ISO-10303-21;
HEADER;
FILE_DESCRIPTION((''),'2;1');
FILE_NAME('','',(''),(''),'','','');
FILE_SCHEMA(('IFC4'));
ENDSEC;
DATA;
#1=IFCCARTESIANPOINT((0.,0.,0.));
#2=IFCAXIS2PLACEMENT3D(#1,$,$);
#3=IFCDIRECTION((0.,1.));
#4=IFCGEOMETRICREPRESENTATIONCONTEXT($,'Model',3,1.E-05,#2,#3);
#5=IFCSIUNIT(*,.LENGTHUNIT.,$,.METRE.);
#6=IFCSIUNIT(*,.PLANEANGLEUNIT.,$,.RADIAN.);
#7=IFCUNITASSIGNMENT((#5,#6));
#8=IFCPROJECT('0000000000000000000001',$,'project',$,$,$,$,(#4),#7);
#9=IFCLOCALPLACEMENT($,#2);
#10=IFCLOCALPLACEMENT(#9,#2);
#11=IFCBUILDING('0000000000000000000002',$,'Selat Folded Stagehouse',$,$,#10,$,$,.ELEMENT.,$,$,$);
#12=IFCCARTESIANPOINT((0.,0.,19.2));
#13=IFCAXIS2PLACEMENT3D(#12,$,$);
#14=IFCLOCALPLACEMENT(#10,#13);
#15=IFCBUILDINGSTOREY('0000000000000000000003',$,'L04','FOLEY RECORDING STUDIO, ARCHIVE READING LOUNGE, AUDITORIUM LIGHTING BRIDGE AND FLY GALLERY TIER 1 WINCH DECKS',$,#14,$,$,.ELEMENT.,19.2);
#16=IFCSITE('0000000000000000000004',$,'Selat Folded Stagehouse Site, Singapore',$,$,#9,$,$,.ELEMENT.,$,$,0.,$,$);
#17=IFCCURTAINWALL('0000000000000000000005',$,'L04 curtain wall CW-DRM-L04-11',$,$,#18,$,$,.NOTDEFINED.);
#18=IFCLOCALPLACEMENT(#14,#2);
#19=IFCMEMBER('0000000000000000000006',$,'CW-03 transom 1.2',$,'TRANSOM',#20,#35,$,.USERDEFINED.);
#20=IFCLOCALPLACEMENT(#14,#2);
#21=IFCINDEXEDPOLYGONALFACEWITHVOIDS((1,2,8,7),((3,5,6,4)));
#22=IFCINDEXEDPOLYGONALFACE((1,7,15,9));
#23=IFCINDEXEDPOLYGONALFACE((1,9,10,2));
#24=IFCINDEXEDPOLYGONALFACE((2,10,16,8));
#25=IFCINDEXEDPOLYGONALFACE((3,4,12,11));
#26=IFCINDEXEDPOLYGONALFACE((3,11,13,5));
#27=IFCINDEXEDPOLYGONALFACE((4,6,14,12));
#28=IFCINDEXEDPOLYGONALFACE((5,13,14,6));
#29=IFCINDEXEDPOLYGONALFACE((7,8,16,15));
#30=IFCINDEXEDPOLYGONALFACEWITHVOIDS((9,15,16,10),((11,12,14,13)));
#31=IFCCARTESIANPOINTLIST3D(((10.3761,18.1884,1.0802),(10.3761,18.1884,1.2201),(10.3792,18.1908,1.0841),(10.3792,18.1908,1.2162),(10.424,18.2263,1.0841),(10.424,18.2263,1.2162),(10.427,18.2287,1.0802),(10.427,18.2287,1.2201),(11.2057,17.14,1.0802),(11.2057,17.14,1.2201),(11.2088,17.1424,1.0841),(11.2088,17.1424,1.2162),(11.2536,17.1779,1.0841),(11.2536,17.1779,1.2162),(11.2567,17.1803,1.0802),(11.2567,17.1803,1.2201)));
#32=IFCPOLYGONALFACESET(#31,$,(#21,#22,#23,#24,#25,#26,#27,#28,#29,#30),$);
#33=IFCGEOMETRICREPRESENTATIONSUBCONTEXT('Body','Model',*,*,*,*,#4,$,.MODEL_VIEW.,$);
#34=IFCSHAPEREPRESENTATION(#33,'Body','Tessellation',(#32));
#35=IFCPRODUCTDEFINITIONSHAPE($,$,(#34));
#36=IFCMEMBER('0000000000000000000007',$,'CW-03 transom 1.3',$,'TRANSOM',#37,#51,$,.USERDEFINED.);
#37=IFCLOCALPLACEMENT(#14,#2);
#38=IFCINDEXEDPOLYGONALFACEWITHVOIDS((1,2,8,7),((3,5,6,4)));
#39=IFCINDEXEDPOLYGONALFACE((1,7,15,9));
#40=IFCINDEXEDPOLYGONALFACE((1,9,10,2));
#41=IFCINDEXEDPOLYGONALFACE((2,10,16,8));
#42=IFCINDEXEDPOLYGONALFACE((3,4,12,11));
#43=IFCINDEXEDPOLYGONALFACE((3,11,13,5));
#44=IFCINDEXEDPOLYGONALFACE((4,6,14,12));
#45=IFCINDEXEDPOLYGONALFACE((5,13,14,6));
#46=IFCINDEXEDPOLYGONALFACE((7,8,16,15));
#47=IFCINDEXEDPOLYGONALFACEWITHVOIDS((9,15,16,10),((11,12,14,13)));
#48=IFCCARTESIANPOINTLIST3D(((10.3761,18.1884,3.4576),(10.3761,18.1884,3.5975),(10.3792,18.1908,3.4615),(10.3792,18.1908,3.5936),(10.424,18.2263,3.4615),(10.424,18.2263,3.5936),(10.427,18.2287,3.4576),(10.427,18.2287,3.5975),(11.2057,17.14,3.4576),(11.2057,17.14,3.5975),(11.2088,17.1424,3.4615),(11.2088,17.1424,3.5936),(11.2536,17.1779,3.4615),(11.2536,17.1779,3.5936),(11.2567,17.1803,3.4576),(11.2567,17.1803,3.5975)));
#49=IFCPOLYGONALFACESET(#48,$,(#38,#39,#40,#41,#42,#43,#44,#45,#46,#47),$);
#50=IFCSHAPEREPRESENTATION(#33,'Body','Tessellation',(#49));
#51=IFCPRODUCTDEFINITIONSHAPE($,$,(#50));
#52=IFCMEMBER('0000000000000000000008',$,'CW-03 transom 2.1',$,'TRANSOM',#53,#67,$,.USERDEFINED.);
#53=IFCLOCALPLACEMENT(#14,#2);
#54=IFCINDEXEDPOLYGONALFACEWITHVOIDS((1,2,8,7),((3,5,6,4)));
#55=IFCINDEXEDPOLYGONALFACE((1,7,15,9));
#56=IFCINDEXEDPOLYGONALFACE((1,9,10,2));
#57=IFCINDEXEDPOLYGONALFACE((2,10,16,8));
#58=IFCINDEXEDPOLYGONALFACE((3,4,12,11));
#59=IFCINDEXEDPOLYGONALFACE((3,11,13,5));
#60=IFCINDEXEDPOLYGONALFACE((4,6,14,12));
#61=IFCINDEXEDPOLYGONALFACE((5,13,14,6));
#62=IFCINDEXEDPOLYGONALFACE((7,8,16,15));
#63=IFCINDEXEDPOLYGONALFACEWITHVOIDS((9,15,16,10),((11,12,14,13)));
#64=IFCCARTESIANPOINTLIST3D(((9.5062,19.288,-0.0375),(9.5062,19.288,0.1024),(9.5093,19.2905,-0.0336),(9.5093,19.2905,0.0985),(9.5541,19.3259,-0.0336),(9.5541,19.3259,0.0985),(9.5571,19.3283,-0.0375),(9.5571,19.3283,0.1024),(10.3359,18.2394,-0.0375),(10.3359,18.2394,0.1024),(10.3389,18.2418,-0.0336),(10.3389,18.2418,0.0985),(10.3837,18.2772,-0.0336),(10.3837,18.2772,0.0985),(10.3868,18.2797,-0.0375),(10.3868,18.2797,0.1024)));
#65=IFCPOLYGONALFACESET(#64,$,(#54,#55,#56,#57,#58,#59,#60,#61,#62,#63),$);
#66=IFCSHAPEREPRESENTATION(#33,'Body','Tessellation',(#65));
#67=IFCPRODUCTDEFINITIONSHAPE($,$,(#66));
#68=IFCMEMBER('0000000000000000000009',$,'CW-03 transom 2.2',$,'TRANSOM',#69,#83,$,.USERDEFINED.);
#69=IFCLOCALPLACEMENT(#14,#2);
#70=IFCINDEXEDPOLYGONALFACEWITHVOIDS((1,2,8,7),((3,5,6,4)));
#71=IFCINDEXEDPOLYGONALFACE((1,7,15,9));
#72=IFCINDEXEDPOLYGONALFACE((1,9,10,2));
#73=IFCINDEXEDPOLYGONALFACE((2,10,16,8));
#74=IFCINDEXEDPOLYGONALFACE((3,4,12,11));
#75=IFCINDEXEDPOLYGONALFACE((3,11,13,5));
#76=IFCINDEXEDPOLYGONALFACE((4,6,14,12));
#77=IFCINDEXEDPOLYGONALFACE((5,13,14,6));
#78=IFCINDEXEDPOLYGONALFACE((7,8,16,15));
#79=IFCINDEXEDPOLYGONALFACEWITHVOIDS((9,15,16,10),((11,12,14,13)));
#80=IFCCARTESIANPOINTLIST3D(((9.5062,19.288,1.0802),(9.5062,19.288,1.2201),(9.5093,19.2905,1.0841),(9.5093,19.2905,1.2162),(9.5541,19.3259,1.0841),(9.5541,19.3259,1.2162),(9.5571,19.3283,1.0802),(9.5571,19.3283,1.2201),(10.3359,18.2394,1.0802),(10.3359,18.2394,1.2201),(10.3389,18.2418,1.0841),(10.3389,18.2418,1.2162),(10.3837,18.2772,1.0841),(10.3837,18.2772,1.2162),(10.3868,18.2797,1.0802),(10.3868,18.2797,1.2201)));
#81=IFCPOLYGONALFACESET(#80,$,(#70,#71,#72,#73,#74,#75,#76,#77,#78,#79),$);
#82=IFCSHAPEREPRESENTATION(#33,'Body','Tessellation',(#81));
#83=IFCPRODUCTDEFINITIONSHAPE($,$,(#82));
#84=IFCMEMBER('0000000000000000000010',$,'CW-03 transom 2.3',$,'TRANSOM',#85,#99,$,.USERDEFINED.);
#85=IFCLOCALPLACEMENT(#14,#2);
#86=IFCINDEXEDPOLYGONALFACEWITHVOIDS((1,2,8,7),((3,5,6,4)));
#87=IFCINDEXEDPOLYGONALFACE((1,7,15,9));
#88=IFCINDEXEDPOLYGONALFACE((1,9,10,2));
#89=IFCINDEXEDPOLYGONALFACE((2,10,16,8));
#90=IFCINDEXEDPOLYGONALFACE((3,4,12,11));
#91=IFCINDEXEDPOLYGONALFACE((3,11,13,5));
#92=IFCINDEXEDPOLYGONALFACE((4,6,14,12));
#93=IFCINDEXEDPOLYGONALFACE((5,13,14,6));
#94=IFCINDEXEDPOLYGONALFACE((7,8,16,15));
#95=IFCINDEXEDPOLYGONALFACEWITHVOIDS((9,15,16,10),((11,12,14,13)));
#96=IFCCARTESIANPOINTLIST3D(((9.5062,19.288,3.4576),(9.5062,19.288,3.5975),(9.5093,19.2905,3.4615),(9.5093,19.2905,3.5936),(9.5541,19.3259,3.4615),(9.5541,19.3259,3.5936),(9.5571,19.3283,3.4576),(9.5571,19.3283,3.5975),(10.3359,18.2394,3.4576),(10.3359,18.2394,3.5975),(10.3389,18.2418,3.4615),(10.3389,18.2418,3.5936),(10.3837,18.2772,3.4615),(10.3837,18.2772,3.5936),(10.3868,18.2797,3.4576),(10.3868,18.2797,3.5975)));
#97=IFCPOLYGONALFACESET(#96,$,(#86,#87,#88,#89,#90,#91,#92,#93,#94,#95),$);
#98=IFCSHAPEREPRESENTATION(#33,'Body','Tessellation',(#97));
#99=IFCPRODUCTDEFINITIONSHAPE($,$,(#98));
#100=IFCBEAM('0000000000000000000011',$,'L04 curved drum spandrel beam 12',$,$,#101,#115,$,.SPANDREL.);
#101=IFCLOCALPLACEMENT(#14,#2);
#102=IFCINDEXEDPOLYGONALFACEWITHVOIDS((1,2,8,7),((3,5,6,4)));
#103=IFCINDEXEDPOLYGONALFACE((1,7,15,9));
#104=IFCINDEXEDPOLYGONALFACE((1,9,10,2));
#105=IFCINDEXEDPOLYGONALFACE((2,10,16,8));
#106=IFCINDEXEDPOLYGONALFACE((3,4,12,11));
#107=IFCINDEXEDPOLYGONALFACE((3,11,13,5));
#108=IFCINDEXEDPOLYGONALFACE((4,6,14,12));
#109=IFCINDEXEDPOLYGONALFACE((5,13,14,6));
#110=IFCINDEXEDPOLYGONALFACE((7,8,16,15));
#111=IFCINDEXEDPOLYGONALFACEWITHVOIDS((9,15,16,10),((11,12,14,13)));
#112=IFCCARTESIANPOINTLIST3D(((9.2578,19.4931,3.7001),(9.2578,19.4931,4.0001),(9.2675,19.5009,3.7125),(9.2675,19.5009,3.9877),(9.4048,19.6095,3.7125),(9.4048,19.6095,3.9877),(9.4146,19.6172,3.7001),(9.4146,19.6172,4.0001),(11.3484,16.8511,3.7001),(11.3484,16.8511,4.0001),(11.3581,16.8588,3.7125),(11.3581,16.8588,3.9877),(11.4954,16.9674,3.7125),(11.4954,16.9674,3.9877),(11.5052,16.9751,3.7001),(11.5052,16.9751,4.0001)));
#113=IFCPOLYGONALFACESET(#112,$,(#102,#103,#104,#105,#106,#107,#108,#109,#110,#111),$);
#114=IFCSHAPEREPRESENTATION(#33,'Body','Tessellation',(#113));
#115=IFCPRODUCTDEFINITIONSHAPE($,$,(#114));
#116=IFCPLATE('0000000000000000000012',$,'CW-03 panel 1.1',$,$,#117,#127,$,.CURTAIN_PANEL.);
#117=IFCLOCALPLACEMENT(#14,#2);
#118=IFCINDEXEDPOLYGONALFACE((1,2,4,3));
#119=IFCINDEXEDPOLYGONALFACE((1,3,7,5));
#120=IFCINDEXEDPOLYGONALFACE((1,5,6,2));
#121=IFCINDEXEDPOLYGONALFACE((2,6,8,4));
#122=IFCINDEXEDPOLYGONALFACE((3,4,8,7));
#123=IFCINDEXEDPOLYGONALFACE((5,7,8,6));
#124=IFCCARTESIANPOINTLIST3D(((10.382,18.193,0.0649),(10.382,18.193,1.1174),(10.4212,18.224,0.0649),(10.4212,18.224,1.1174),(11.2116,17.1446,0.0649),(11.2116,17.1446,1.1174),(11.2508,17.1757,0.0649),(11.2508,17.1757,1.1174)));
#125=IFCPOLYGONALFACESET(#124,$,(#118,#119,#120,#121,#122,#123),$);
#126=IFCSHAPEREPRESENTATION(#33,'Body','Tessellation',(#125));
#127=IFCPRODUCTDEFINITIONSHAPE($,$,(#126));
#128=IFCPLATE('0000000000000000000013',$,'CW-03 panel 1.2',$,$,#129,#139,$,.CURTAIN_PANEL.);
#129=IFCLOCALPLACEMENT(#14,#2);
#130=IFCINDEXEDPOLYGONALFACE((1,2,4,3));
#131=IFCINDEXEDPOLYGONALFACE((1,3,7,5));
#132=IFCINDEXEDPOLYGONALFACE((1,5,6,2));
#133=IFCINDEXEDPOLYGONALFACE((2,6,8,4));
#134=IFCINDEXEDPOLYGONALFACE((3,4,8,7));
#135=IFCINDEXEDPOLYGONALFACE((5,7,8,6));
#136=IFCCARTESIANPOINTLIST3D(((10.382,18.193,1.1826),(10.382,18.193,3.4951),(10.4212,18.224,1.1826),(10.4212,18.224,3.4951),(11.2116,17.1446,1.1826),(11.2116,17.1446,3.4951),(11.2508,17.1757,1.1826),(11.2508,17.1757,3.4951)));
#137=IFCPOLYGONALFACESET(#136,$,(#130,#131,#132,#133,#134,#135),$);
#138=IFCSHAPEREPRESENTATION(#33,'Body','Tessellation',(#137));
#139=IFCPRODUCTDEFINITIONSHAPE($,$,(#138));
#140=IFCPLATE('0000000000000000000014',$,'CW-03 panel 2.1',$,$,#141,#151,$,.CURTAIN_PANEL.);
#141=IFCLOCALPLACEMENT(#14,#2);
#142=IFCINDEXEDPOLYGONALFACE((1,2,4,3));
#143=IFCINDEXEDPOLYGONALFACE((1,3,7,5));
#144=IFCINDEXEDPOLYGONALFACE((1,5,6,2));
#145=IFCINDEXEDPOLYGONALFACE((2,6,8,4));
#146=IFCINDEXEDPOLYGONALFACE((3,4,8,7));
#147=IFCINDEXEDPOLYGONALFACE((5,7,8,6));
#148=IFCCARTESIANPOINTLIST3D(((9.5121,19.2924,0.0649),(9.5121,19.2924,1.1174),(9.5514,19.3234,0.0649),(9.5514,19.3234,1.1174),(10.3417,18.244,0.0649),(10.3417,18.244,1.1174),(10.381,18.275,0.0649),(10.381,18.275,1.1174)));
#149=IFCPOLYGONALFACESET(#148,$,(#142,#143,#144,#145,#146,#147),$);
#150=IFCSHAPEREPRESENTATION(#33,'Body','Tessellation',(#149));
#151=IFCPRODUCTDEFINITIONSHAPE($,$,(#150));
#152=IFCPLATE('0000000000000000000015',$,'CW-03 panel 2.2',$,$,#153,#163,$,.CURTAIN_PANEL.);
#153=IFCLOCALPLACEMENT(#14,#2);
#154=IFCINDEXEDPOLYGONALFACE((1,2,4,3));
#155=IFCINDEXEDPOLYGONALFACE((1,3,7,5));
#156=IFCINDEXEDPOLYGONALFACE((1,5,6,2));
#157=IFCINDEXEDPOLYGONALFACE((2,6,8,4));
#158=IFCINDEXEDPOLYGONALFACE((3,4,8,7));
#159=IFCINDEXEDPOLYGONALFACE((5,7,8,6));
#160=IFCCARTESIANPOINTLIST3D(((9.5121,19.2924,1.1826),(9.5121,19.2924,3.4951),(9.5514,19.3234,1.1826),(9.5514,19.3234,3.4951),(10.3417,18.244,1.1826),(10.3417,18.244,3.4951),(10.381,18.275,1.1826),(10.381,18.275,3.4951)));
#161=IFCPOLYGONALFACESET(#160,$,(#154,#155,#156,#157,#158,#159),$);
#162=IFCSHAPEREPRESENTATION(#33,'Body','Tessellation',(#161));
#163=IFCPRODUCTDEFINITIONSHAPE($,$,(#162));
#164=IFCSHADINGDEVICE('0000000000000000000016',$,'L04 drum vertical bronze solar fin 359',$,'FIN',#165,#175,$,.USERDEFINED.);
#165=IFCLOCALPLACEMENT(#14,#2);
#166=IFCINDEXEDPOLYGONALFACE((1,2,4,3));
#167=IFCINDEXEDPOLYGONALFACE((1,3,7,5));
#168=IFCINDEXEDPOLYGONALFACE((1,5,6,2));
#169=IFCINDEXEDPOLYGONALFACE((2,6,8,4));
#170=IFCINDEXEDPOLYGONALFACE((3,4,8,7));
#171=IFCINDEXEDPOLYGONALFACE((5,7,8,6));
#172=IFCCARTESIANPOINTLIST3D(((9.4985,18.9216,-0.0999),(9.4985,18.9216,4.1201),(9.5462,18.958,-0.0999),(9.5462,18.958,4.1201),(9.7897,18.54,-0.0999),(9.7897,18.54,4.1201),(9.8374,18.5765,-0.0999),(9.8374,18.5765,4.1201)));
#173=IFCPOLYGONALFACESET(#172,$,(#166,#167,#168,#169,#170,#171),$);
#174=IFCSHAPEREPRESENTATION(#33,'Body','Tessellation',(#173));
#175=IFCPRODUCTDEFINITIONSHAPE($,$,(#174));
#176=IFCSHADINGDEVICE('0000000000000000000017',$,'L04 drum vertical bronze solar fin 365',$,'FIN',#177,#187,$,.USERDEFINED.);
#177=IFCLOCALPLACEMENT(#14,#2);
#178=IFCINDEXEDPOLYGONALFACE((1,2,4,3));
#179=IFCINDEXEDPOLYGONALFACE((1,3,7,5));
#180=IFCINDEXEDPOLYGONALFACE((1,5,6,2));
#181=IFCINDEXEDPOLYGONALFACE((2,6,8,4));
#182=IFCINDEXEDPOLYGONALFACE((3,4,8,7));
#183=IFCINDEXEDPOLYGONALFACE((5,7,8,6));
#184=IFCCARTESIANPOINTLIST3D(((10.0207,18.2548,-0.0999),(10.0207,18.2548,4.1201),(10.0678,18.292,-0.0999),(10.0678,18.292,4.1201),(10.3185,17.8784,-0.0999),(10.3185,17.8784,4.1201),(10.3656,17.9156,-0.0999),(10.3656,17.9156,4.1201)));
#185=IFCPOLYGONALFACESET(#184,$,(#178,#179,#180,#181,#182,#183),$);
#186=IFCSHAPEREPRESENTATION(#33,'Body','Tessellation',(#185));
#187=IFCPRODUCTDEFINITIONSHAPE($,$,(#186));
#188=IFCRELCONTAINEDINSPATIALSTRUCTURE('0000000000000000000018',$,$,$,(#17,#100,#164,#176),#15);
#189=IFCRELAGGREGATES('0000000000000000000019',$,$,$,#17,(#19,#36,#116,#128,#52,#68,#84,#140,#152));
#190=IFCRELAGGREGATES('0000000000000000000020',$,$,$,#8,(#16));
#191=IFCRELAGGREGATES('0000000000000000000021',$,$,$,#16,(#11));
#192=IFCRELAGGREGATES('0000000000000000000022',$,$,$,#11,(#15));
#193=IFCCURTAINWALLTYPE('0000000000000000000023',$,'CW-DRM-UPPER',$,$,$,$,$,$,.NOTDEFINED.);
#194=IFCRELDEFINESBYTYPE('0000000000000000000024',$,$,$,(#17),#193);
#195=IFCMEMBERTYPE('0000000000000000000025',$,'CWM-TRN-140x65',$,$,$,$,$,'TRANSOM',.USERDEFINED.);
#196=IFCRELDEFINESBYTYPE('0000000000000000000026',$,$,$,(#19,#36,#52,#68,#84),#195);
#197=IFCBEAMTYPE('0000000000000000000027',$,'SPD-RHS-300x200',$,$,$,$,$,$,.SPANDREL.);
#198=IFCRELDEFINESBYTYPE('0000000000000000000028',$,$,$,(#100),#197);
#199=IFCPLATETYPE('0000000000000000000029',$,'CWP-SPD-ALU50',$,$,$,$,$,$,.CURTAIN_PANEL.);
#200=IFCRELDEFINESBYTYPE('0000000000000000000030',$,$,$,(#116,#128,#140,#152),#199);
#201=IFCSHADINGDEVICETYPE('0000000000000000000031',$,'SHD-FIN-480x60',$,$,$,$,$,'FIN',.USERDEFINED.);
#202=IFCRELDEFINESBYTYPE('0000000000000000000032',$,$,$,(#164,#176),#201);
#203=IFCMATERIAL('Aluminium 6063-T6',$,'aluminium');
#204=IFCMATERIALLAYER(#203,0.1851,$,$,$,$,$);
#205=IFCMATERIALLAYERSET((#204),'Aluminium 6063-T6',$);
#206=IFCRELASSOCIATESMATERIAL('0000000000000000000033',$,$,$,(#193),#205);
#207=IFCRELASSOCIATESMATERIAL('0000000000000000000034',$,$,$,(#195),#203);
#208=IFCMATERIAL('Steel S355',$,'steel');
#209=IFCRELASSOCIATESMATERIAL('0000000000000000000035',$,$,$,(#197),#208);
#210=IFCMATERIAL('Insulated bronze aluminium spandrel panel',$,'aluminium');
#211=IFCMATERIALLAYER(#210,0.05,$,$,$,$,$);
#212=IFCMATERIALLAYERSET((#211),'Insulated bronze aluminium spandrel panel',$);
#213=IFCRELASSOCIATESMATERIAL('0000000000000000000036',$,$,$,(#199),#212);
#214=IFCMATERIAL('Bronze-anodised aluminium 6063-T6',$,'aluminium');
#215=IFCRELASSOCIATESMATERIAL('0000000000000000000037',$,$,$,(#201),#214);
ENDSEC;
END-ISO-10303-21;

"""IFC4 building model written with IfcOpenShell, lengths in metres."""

from ifc_helpers import new_model, si_unit, direction, frame, origin, origin_2d, place, context, subcontext, project, spatial, rectangle, hollow_rectangle, extrude, material, layer, layer_set, material_profile, profile_set, type_object, element, aggregate, save


model = new_model("IFC4")

# Units and contexts
model_context = context("Model", 3, precision=1e-05, world=origin(), true_north=direction((0.0, 1.0)))
body_context = subcontext(model_context, "Body", "Model", "MODEL_VIEW")
ifc_project = project(units=[si_unit("LENGTHUNIT", "METRE"), si_unit("PLANEANGLEUNIT", "RADIAN")], contexts=[model_context])

# Site, building, storey
site_placement = place(None, origin())
site = spatial("IfcSite", under=ifc_project, at=site_placement, Name="Selat Folded Stagehouse Site, Singapore", CompositionType="ELEMENT", RefElevation=0.0)
building_placement = place(site_placement, origin())
building = spatial("IfcBuilding", under=site, at=building_placement, Name="Selat Folded Stagehouse", CompositionType="ELEMENT")
storey_placement = place(building_placement, frame((0.0, 0.0, 19.2)))
storey = spatial("IfcBuildingStorey", under=building, at=storey_placement, Name="L04", Description="FOLEY RECORDING STUDIO, ARCHIVE READING LOUNGE, AUDITORIUM LIGHTING BRIDGE AND FLY GALLERY TIER 1 WINCH DECKS", CompositionType="ELEMENT", Elevation=19.2)

# Shared definitions
ifc_material_1 = material(Name="Steel S355", Category="steel")

# Shared definitions
ifc_material_2 = material(Name="Aluminium 6063-T6", Category="aluminium")
ifc_layer_1 = layer(ifc_material_2, 0.1851)
ifc_layer_set_1 = layer_set([ifc_layer_1], Name="Aluminium 6063-T6")
curtain_wall_type = type_object("IfcCurtainWallType", Name="CW-DRM-UPPER", PredefinedType="NOTDEFINED", material=ifc_layer_set_1)

# Curtain wall, members
curtain_wall_1_placement = place(storey_placement, origin())
curtain_wall_1 = element("IfcCurtainWall", 1, at=curtain_wall_1_placement, inside=storey, type_object=curtain_wall_type, Name="L04 curtain wall CW-DRM-L04-11", PredefinedType="NOTDEFINED")
ifc_material_profile_1 = material_profile(ifc_material_2, hollow_rectangle(XDim=0.0649, YDim=0.1399, WallThickness=0.0039, at=origin_2d()), Name="ALU 140x65x4.0")
ifc_profile_set_1 = profile_set([ifc_material_profile_1], Name="Aluminium 6063-T6")
member_type_1 = type_object("IfcMemberType", Name="CWM-TRN-140x65", ElementType="TRANSOM", PredefinedType="USERDEFINED", material=ifc_profile_set_1)
member_1_placement = place(storey_placement, frame((11.2312, 17.1602, 1.1501), z_axis=(-0.620544, 0.784172, 0.0), x_axis=(-0.784172, -0.620544, 0.0)))
member_1 = element("IfcMember", 2, at=member_1_placement, type_object=member_type_1, Name="CW-03 transom 1.2", ObjectType="TRANSOM", PredefinedType="USERDEFINED", context=body_context, shape_type="SweptSolid", body=[
    extrude(hollow_rectangle(XDim=0.0649, YDim=0.1399, WallThickness=0.0039, at=origin_2d()), origin(), (0.0, 0.0, 1.0), 1.3369),
])
member_2_placement = place(storey_placement, frame((11.2312, 17.1602, 3.5276), z_axis=(-0.620544, 0.784172, 0.0), x_axis=(-0.784172, -0.620544, 0.0)))
member_2 = element("IfcMember", 3, at=member_2_placement, type_object=member_type_1, Name="CW-03 transom 1.3", ObjectType="TRANSOM", PredefinedType="USERDEFINED", context=body_context, shape_type="SweptSolid", body=[
    extrude(hollow_rectangle(XDim=0.0649, YDim=0.1399, WallThickness=0.0039, at=origin_2d()), origin(), (0.0, 0.0, 1.0), 1.3369),
])
member_3_placement = place(storey_placement, frame((10.3613, 18.2595, 0.0325), z_axis=(-0.620455, 0.784242, 0.0), x_axis=(-0.784242, -0.620455, 0.0)))
member_3 = element("IfcMember", 4, at=member_3_placement, type_object=member_type_1, Name="CW-03 transom 2.1", ObjectType="TRANSOM", PredefinedType="USERDEFINED", context=body_context, shape_type="SweptSolid", body=[
    extrude(hollow_rectangle(XDim=0.0649, YDim=0.1399, WallThickness=0.0039, at=origin_2d()), origin(), (0.0, 0.0, 1.0), 1.3372),
])
member_4_placement = place(storey_placement, frame((10.3613, 18.2595, 1.1501), z_axis=(-0.620455, 0.784242, 0.0), x_axis=(-0.784242, -0.620455, 0.0)))
member_4 = element("IfcMember", 5, at=member_4_placement, type_object=member_type_1, Name="CW-03 transom 2.2", ObjectType="TRANSOM", PredefinedType="USERDEFINED", context=body_context, shape_type="SweptSolid", body=[
    extrude(hollow_rectangle(XDim=0.0649, YDim=0.1399, WallThickness=0.0039, at=origin_2d()), origin(), (0.0, 0.0, 1.0), 1.3372),
])
member_5_placement = place(storey_placement, frame((10.3613, 18.2595, 3.5276), z_axis=(-0.620455, 0.784242, 0.0), x_axis=(-0.784242, -0.620455, 0.0)))
member_5 = element("IfcMember", 6, at=member_5_placement, type_object=member_type_1, Name="CW-03 transom 2.3", ObjectType="TRANSOM", PredefinedType="USERDEFINED", context=body_context, shape_type="SweptSolid", body=[
    extrude(hollow_rectangle(XDim=0.0649, YDim=0.1399, WallThickness=0.0039, at=origin_2d()), origin(), (0.0, 0.0, 1.0), 1.3372),
])

# Beam
ifc_material_profile_2 = material_profile(ifc_material_1, hollow_rectangle(XDim=0.2, YDim=0.3, WallThickness=0.0125, at=origin_2d()), Name="RHS 300x200x12.5")
ifc_profile_set_2 = profile_set([ifc_material_profile_2], Name="Steel S355")
beam_type = type_object("IfcBeamType", Name="SPD-RHS-300x200", PredefinedType="SPANDREL", material=ifc_profile_set_2)
beam_placement = place(storey_placement, frame((9.3362, 19.5552, 3.8501), z_axis=(0.620506, -0.784202, 0.0), x_axis=(0.784202, 0.620506, 0.0)))
element("IfcBeam", 7, at=beam_placement, inside=storey, type_object=beam_type, Name="L04 curved drum spandrel beam 12", PredefinedType="SPANDREL", context=body_context, shape_type="SweptSolid", body=[
    extrude(hollow_rectangle(XDim=0.2, YDim=0.3, WallThickness=0.0125, at=origin_2d()), origin(), (0.0, 0.0, 1.0), 3.3691),
])

# Plates
ifc_material_3 = material(Name="Insulated bronze aluminium spandrel panel", Category="aluminium")
ifc_layer_2 = layer(ifc_material_3, 0.05)
ifc_layer_set_2 = layer_set([ifc_layer_2], Name="Insulated bronze aluminium spandrel panel")
plate_type = type_object("IfcPlateType", Name="CWP-SPD-ALU50", PredefinedType="CURTAIN_PANEL", material=ifc_layer_set_2)
plate_1_placement = place(storey_placement, frame((10.8164, 17.6843, 0.0649), z_axis=(0.0, 0.0, 1.0), x_axis=(-0.620533, 0.78418, 0.0)))
plate_1 = element("IfcPlate", 8, at=plate_1_placement, type_object=plate_type, Name="CW-03 panel 1.1", PredefinedType="CURTAIN_PANEL", context=body_context, shape_type="SweptSolid", body=[
    extrude(rectangle(XDim=1.3369, YDim=0.05, at=origin_2d()), origin(), (0.0, 0.0, 1.0), 1.0525),
])
plate_2_placement = place(storey_placement, frame((10.8164, 17.6843, 1.1826), z_axis=(0.0, 0.0, 1.0), x_axis=(-0.620533, 0.78418, 0.0)))
plate_2 = element("IfcPlate", 9, at=plate_2_placement, type_object=plate_type, Name="CW-03 panel 1.2", PredefinedType="CURTAIN_PANEL", context=body_context, shape_type="SweptSolid", body=[
    extrude(rectangle(XDim=1.3369, YDim=0.05, at=origin_2d()), origin(), (0.0, 0.0, 1.0), 2.3125),
])
plate_3_placement = place(storey_placement, frame((9.9465, 18.7837, 0.0649), z_axis=(0.0, 0.0, 1.0), x_axis=(-0.620533, 0.78418, 0.0)))
plate_3 = element("IfcPlate", 10, at=plate_3_placement, type_object=plate_type, Name="CW-03 panel 2.1", PredefinedType="CURTAIN_PANEL", context=body_context, shape_type="SweptSolid", body=[
    extrude(rectangle(XDim=1.3369, YDim=0.05, at=origin_2d()), origin(), (0.0, 0.0, 1.0), 1.0525),
])
plate_4_placement = place(storey_placement, frame((9.9465, 18.7837, 1.1826), z_axis=(0.0, 0.0, 1.0), x_axis=(-0.620533, 0.78418, 0.0)))
plate_4 = element("IfcPlate", 11, at=plate_4_placement, type_object=plate_type, Name="CW-03 panel 2.2", PredefinedType="CURTAIN_PANEL", context=body_context, shape_type="SweptSolid", body=[
    extrude(rectangle(XDim=1.3369, YDim=0.05, at=origin_2d()), origin(), (0.0, 0.0, 1.0), 2.3125),
])
aggregate(curtain_wall_1, [member_1, member_2, plate_1, plate_2, member_3, member_4, member_5, plate_3, plate_4])

# Shading devices
ifc_material_4 = material(Name="Bronze-anodised aluminium 6063-T6", Category="aluminium")
ifc_material_profile_3 = material_profile(ifc_material_4, rectangle(XDim=0.0601, YDim=0.48, at=origin_2d()), Name="SOLAR-FIN 480x60")
ifc_profile_set_3 = profile_set([ifc_material_profile_3], Name="Bronze-anodised aluminium 6063-T6")
shading_device_type = type_object("IfcShadingDeviceType", Name="SHD-FIN-480x60", ElementType="FIN", PredefinedType="USERDEFINED", material=ifc_profile_set_3)
for number, where, z_axis, x_axis, name in (
    (12, (9.668, 18.749, -0.0999), (0.0, 0.0, 1.0), (-0.794944, -0.606682, 0.0), "L04 drum vertical bronze solar fin 359"),
    (13, (10.1931, 18.0852, -0.0999), (0.0, 0.0, 1.0), (-0.784235, -0.620464, 0.0), "L04 drum vertical bronze solar fin 365"),
):
    element("IfcShadingDevice", number, at=place(storey_placement, frame(where, z_axis=z_axis, x_axis=x_axis)), inside=storey, type_object=shading_device_type, Name=name, ObjectType="FIN", PredefinedType="USERDEFINED", context=body_context, shape_type="SweptSolid", body=[
        extrude(rectangle(XDim=0.0601, YDim=0.48, at=origin_2d()), origin(), (0.0, 0.0, 1.0), 4.22),
    ])

save(model, "model.ifc")
